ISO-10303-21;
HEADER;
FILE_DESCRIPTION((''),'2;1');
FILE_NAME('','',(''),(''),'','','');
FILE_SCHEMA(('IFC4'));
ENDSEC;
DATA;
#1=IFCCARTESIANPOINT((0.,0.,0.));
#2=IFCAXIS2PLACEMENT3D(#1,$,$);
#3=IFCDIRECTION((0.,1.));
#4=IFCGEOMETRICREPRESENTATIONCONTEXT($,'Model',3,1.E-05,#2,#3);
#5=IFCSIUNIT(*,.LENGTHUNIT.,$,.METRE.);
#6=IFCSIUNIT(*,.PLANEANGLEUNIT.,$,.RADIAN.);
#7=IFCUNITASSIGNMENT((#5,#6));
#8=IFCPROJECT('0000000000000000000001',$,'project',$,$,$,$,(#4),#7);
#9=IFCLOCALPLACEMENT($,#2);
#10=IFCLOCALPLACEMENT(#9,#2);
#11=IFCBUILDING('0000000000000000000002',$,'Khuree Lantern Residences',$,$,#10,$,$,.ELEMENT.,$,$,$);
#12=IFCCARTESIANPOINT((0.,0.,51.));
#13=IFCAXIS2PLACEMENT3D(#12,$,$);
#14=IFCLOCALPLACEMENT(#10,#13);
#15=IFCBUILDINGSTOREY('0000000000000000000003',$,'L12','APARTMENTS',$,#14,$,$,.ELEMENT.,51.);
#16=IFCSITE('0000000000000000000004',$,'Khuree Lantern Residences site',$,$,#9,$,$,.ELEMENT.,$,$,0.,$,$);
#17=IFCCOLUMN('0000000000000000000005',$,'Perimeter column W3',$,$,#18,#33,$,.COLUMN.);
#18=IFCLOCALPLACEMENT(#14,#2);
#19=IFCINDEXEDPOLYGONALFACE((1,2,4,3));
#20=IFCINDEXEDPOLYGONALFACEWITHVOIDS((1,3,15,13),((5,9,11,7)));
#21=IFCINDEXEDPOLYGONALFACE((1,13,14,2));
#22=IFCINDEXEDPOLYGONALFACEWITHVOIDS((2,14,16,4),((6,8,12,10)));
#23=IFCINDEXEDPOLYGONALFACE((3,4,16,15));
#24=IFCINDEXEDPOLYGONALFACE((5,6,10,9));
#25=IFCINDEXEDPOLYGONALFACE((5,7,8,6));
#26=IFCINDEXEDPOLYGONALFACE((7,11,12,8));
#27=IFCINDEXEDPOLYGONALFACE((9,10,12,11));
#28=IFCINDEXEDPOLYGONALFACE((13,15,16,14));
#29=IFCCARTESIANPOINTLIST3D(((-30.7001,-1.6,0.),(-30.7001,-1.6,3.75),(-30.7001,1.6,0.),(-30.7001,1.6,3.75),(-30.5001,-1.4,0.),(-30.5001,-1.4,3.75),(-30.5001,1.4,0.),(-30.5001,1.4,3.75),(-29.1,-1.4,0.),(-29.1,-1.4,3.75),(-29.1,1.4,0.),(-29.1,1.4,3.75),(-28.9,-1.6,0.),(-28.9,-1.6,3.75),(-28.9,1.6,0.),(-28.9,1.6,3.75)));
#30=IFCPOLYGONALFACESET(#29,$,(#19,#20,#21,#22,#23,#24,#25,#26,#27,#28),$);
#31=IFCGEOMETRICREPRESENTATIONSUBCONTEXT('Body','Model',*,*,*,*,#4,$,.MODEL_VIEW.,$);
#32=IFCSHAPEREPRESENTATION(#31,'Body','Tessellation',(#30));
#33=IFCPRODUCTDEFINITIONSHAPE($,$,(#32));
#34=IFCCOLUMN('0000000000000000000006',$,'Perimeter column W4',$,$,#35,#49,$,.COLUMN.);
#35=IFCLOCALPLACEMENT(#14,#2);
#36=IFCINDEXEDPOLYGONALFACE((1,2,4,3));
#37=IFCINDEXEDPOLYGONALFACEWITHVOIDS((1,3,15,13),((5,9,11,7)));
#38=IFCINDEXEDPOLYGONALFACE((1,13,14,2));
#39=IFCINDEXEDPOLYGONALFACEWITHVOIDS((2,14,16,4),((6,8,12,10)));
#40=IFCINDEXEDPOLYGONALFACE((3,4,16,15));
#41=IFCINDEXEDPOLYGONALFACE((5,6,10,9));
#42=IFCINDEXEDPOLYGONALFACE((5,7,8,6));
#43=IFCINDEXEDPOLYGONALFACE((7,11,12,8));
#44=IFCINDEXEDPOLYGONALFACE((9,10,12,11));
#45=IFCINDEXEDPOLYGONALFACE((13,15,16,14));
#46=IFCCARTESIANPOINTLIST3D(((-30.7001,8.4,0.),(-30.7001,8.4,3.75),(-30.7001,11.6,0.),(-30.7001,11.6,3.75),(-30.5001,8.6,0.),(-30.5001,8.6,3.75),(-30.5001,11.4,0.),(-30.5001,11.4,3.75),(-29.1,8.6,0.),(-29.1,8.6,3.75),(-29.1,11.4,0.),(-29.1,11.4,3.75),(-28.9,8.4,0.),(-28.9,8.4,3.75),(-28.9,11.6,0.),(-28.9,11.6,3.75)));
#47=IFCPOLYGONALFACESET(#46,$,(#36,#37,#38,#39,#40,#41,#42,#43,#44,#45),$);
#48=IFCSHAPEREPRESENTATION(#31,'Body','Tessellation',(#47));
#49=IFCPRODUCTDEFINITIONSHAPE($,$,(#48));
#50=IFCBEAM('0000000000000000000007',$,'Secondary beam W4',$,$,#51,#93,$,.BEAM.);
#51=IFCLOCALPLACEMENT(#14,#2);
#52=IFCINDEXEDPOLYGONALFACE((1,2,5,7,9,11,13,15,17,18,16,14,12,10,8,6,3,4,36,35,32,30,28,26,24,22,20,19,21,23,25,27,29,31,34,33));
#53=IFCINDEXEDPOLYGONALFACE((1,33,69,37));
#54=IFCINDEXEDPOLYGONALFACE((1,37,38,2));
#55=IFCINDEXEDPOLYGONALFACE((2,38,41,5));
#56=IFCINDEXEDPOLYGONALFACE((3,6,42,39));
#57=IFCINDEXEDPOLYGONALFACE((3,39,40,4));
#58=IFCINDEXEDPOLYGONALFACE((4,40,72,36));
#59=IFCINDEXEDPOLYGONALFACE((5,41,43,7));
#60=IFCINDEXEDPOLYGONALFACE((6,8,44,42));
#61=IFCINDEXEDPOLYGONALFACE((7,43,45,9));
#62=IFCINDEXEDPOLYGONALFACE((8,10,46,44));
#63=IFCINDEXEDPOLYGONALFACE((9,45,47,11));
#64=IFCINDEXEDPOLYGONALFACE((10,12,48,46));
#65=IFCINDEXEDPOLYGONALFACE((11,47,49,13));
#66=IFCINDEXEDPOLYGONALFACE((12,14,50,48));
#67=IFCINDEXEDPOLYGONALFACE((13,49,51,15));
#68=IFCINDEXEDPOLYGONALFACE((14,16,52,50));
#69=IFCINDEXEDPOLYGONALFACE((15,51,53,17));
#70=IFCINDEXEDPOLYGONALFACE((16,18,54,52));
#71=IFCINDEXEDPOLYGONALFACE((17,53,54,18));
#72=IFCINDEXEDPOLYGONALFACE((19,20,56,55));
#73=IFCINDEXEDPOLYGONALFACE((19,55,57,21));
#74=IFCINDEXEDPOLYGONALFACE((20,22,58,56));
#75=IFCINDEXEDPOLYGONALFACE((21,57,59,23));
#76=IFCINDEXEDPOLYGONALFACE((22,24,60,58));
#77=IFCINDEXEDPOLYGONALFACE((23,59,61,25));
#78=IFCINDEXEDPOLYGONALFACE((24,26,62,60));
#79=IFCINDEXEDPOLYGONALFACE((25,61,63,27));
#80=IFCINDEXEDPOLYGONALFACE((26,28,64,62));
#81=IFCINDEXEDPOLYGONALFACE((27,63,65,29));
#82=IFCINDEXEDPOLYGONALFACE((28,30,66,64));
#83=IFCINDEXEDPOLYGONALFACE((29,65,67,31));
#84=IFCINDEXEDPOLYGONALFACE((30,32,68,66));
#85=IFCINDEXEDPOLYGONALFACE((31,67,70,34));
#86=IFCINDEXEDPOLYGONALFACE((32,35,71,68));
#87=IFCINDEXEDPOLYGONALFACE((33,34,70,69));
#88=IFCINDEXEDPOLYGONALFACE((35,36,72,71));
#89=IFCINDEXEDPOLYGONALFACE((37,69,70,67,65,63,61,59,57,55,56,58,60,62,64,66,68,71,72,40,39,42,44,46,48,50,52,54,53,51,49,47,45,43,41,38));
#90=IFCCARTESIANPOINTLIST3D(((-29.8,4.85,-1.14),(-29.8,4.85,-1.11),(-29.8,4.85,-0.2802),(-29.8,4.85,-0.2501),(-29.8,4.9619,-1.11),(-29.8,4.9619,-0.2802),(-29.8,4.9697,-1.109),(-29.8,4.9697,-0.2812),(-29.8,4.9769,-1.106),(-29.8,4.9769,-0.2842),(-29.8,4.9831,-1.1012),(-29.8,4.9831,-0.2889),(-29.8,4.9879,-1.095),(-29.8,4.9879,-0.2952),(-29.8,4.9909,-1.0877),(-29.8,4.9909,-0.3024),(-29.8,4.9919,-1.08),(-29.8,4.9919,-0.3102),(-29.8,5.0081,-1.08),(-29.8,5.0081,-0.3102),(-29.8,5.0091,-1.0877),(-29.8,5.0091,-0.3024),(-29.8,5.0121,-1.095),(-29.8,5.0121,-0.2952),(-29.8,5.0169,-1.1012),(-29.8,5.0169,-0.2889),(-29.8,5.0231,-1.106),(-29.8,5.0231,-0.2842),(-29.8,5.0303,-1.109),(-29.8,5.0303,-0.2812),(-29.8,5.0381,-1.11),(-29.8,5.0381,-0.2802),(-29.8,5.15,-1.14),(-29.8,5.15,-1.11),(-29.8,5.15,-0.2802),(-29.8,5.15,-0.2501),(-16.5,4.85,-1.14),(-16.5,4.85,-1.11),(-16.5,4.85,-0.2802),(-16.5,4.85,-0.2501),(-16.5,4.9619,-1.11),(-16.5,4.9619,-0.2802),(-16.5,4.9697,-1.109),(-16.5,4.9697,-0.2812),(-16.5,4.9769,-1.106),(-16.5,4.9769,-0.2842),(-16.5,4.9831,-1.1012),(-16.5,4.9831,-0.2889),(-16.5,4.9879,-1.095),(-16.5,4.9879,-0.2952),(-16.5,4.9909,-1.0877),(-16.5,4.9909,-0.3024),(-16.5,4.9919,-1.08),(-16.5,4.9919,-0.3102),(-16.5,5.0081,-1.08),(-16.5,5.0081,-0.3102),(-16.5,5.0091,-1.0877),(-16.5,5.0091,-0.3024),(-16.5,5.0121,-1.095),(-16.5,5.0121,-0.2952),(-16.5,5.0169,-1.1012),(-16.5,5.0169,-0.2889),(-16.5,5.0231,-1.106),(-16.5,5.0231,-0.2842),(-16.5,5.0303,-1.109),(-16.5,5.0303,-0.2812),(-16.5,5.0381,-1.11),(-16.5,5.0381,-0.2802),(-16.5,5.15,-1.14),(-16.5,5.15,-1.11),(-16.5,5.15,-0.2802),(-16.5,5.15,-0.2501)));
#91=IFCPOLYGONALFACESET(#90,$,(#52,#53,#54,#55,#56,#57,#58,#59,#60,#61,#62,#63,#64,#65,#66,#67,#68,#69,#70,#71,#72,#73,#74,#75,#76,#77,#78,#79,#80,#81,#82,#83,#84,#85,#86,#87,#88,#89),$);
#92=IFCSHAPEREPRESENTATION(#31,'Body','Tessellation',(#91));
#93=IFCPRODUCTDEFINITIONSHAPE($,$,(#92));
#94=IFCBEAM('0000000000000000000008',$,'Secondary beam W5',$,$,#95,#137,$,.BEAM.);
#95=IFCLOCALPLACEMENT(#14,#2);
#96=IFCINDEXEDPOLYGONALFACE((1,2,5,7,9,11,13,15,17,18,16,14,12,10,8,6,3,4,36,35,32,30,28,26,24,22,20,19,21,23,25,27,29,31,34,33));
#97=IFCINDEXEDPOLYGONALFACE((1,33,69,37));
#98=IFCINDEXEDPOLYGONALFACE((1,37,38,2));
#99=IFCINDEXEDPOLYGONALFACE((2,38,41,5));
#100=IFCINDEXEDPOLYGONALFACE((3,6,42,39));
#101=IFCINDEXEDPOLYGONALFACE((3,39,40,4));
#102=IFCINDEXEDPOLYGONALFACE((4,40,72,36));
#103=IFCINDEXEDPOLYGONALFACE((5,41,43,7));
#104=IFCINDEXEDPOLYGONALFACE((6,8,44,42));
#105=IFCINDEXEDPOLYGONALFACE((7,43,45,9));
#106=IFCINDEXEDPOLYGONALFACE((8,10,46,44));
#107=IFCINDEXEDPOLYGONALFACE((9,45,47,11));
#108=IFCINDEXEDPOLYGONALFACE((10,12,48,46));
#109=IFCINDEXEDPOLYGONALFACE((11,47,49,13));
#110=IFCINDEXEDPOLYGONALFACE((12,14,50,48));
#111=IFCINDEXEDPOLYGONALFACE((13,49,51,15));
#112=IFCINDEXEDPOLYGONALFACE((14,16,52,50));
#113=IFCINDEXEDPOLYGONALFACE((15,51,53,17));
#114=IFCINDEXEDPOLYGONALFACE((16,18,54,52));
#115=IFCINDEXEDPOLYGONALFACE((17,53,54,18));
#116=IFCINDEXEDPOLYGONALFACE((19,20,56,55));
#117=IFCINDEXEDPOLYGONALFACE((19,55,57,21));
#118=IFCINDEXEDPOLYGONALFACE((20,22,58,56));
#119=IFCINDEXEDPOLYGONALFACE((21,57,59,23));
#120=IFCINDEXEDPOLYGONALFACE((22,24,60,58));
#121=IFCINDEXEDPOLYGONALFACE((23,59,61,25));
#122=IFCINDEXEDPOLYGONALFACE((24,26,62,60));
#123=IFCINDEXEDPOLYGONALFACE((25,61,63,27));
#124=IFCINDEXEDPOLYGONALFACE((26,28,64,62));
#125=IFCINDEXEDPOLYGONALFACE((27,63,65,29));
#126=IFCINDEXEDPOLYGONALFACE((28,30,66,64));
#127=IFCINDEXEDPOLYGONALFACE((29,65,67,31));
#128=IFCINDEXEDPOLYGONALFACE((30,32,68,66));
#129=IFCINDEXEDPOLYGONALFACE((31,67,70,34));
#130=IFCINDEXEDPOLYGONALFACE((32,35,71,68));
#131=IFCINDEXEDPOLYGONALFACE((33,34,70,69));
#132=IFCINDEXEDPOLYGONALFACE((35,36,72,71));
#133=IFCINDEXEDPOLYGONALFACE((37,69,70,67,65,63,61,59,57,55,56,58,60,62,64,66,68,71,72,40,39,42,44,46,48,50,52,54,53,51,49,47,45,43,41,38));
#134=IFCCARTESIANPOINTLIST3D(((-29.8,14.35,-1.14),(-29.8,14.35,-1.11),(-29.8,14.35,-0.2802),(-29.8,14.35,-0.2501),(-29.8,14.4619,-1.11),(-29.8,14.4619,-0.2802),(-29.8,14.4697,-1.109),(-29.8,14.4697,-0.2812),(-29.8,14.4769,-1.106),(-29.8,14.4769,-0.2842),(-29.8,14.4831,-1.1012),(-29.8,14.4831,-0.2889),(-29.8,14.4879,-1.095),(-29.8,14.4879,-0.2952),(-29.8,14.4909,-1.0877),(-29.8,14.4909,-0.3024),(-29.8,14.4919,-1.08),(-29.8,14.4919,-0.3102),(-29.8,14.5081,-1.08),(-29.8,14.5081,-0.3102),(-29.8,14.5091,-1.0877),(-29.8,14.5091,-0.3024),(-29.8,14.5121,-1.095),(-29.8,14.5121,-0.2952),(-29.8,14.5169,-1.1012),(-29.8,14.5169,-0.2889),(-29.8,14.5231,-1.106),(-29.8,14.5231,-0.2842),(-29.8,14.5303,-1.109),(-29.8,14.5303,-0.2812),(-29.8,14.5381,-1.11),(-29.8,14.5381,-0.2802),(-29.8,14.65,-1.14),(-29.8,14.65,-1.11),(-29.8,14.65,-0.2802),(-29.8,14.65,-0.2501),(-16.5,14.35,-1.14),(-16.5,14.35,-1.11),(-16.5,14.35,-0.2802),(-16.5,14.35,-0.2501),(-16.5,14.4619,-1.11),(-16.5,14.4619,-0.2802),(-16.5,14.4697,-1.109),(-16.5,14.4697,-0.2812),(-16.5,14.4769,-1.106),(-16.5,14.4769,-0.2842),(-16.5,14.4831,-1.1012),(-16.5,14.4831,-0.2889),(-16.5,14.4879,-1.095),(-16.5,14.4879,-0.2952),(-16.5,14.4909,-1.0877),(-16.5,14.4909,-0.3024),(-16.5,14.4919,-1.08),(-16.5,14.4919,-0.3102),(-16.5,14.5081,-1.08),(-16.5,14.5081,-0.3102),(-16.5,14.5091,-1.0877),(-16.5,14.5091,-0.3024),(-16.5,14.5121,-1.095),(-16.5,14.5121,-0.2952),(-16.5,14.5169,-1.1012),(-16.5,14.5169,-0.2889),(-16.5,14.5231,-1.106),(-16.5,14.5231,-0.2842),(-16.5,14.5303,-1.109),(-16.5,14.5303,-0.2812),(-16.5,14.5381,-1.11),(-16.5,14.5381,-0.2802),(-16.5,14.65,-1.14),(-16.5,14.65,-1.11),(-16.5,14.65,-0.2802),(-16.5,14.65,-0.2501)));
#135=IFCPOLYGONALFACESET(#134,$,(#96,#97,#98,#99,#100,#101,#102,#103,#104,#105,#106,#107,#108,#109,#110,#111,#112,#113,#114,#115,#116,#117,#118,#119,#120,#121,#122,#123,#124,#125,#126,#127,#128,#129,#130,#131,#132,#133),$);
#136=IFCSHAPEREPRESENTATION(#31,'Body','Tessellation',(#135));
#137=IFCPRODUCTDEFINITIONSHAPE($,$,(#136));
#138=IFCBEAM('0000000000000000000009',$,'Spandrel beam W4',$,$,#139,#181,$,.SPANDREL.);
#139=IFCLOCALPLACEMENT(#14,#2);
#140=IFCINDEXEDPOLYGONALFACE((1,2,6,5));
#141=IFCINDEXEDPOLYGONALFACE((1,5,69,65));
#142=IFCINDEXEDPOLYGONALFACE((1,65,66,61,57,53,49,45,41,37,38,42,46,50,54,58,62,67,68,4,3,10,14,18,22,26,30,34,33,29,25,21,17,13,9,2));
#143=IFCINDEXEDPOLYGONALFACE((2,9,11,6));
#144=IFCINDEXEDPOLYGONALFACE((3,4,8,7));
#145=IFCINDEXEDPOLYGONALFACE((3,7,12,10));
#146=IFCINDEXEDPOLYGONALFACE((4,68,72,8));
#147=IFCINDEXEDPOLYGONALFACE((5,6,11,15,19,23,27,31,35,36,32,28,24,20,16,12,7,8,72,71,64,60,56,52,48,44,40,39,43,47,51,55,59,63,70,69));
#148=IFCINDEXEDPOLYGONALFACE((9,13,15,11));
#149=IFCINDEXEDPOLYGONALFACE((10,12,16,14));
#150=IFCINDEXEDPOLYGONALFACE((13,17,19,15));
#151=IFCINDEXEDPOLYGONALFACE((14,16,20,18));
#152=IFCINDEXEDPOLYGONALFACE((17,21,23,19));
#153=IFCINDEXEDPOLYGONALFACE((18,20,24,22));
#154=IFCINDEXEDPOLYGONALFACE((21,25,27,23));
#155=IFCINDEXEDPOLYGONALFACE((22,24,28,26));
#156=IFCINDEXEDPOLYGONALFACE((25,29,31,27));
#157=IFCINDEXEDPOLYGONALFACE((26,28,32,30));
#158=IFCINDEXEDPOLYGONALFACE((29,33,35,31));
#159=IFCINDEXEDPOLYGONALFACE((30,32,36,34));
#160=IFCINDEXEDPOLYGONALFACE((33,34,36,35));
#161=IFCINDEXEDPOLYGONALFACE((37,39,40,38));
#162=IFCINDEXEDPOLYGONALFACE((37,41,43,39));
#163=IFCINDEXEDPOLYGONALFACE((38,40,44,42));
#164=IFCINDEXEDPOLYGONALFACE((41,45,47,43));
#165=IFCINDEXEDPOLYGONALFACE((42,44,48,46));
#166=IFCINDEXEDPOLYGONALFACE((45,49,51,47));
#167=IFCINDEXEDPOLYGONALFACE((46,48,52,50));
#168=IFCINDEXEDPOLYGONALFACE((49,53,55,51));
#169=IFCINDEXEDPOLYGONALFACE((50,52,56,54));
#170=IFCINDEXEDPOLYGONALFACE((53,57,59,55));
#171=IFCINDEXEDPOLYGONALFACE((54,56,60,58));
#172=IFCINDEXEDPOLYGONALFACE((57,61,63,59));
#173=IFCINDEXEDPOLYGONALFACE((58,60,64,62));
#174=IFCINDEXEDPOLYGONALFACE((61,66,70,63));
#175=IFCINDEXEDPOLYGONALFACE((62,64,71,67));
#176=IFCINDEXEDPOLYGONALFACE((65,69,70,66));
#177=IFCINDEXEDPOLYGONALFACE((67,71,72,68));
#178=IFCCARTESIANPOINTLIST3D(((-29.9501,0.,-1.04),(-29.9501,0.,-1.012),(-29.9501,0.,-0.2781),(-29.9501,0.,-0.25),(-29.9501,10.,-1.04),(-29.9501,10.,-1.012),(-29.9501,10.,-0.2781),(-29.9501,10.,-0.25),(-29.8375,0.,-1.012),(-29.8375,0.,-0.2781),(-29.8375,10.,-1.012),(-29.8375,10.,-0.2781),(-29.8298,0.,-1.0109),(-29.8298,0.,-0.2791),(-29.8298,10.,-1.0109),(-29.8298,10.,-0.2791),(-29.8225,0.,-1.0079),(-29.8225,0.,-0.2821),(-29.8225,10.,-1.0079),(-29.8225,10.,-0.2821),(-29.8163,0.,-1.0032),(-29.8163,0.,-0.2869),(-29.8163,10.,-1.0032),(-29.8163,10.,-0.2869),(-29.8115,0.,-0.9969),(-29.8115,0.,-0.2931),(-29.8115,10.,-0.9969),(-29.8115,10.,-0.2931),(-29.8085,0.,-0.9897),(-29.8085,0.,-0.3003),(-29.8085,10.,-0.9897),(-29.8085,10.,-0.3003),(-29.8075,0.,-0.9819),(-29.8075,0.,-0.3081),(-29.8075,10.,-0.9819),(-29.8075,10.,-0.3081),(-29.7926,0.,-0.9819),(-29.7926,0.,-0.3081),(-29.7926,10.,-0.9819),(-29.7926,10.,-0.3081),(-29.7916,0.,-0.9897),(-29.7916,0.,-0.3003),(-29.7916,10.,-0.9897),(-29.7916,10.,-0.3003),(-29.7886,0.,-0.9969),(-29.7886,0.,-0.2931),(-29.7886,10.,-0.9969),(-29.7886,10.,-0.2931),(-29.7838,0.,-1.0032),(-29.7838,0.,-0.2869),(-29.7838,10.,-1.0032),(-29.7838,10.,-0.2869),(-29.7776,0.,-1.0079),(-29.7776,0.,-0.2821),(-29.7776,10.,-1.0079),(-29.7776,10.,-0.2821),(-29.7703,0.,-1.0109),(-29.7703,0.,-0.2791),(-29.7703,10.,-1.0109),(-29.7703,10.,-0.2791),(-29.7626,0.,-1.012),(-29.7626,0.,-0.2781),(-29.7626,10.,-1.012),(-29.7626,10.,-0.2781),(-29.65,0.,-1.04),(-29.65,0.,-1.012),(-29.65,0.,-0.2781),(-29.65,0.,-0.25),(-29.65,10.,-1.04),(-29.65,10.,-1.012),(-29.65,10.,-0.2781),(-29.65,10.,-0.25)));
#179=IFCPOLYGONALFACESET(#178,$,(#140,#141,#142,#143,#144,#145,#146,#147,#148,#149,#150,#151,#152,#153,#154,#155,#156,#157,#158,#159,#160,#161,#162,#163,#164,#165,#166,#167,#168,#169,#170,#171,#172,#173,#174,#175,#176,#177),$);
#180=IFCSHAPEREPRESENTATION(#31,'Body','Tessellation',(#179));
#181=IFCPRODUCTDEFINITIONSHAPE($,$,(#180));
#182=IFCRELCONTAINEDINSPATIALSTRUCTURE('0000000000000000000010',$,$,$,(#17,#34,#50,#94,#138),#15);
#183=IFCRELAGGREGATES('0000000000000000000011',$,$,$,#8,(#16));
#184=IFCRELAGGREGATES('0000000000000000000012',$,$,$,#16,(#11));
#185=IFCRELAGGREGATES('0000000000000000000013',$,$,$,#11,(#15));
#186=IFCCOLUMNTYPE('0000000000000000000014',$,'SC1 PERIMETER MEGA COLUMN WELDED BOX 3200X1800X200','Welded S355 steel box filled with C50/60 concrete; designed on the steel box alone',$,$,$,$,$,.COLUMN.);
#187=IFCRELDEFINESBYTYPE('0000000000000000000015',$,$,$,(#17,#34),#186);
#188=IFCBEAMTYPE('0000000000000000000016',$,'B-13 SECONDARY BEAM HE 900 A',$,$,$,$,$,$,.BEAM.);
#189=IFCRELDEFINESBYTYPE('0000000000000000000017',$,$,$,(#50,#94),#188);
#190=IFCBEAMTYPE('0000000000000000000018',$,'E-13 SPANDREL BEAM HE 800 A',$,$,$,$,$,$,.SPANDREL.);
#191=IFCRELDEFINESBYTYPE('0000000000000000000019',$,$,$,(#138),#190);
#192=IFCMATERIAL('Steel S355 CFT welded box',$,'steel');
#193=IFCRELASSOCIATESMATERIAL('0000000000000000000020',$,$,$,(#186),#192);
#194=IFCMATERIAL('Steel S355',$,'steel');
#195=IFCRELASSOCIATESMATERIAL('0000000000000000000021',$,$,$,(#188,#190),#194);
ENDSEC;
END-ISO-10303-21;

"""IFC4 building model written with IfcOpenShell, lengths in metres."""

from ifc_helpers import new_model, si_unit, direction, frame, origin, origin_2d, place, context, subcontext, project, spatial, hollow_rectangle, i_section, extrude, material, material_profile, profile_set, type_object, element, save


model = new_model("IFC4")

# Units and contexts
model_context = context("Model", 3, precision=1e-05, world=origin(), true_north=direction((0.0, 1.0)))
body_context = subcontext(model_context, "Body", "Model", "MODEL_VIEW")
ifc_project = project(units=[si_unit("LENGTHUNIT", "METRE"), si_unit("PLANEANGLEUNIT", "RADIAN")], contexts=[model_context])

# Site, building, storey
site_placement = place(None, origin())
site = spatial("IfcSite", under=ifc_project, at=site_placement, Name="Khuree Lantern Residences site", CompositionType="ELEMENT", RefElevation=0.0)
building_placement = place(site_placement, origin())
building = spatial("IfcBuilding", under=site, at=building_placement, Name="Khuree Lantern Residences", CompositionType="ELEMENT")
storey_placement = place(building_placement, frame((0.0, 0.0, 51.0)))
storey = spatial("IfcBuildingStorey", under=building, at=storey_placement, Name="L12", Description="APARTMENTS", CompositionType="ELEMENT", Elevation=51.0)

# Columns
ifc_material_1 = material(Name="Steel S355 CFT welded box", Category="steel")
ifc_material_profile_1 = material_profile(ifc_material_1, hollow_rectangle(XDim=3.2, YDim=1.8, WallThickness=0.2, at=origin_2d()), Name="WELDED BOX 3200X1800X200")
ifc_profile_set_1 = profile_set([ifc_material_profile_1], Name="Steel S355 CFT welded box")
column_type = type_object("IfcColumnType", Name="SC1 PERIMETER MEGA COLUMN WELDED BOX 3200X1800X200", Description="Welded S355 steel box filled with C50/60 concrete; designed on the steel box alone", PredefinedType="COLUMN", material=ifc_profile_set_1)
for number, where, z_axis, x_axis, name in (
    (1, (-29.8, 0.0, 0.0), (0.0, 0.0, 1.0), (0.0, 1.0, 0.0), "Perimeter column W3"),
    (2, (-29.8, 10.0, 0.0), (0.0, 0.0, 1.0), (0.0, 1.0, 0.0), "Perimeter column W4"),
):
    element("IfcColumn", number, at=place(storey_placement, frame(where, z_axis=z_axis, x_axis=x_axis)), inside=storey, type_object=column_type, Name=name, PredefinedType="COLUMN", context=body_context, shape_type="SweptSolid", body=[
        extrude(hollow_rectangle(XDim=3.2, YDim=1.8, WallThickness=0.2, at=origin_2d()), origin(), (0.0, 0.0, 1.0), 3.75),
    ])

# Beams
ifc_material_2 = material(Name="Steel S355", Category="steel")
ifc_material_profile_2 = material_profile(ifc_material_2, i_section(OverallWidth=0.3, OverallDepth=0.8899, WebThickness=0.0161, FlangeThickness=0.03, FilletRadius=0.03, at=origin_2d()), Name="HE 900 A")
ifc_profile_set_2 = profile_set([ifc_material_profile_2], Name="Steel S355")
beam_type_1 = type_object("IfcBeamType", Name="B-13 SECONDARY BEAM HE 900 A", PredefinedType="BEAM", material=ifc_profile_set_2)
for number, where, z_axis, x_axis, name in (
    (3, (-29.8, 5.0, -0.6951), (1.0, 0.0, 0.0), (0.0, 1.0, 0.0), "Secondary beam W4"),
    (4, (-29.8, 14.5, -0.6951), (1.0, 0.0, 0.0), (0.0, 1.0, 0.0), "Secondary beam W5"),
):
    element("IfcBeam", number, at=place(storey_placement, frame(where, z_axis=z_axis, x_axis=x_axis)), inside=storey, type_object=beam_type_1, Name=name, PredefinedType="BEAM", context=body_context, shape_type="SweptSolid", body=[
        extrude(i_section(OverallWidth=0.3, OverallDepth=0.8899, WebThickness=0.0161, FlangeThickness=0.03, FilletRadius=0.03, at=origin_2d()), origin(), (0.0, 0.0, 1.0), 13.3),
    ])
ifc_material_profile_3 = material_profile(ifc_material_2, i_section(OverallWidth=0.3, OverallDepth=0.79, WebThickness=0.0149, FlangeThickness=0.0281, FilletRadius=0.03, at=origin_2d()), Name="HE 800 A")
ifc_profile_set_3 = profile_set([ifc_material_profile_3], Name="Steel S355")
beam_type_2 = type_object("IfcBeamType", Name="E-13 SPANDREL BEAM HE 800 A", PredefinedType="SPANDREL", material=ifc_profile_set_3)
for number, where, z_axis, x_axis, name in (
    (5, (-29.8, 0.0, -0.645), (0.0, 1.0, 0.0), (-1.0, 0.0, 0.0), "Spandrel beam W4"),
):
    element("IfcBeam", number, at=place(storey_placement, frame(where, z_axis=z_axis, x_axis=x_axis)), inside=storey, type_object=beam_type_2, Name=name, PredefinedType="SPANDREL", context=body_context, shape_type="SweptSolid", body=[
        extrude(i_section(OverallWidth=0.3, OverallDepth=0.79, WebThickness=0.0149, FlangeThickness=0.0281, FilletRadius=0.03, at=origin_2d()), origin(), (0.0, 0.0, 1.0), 10.0),
    ])

save(model, "model.ifc")
